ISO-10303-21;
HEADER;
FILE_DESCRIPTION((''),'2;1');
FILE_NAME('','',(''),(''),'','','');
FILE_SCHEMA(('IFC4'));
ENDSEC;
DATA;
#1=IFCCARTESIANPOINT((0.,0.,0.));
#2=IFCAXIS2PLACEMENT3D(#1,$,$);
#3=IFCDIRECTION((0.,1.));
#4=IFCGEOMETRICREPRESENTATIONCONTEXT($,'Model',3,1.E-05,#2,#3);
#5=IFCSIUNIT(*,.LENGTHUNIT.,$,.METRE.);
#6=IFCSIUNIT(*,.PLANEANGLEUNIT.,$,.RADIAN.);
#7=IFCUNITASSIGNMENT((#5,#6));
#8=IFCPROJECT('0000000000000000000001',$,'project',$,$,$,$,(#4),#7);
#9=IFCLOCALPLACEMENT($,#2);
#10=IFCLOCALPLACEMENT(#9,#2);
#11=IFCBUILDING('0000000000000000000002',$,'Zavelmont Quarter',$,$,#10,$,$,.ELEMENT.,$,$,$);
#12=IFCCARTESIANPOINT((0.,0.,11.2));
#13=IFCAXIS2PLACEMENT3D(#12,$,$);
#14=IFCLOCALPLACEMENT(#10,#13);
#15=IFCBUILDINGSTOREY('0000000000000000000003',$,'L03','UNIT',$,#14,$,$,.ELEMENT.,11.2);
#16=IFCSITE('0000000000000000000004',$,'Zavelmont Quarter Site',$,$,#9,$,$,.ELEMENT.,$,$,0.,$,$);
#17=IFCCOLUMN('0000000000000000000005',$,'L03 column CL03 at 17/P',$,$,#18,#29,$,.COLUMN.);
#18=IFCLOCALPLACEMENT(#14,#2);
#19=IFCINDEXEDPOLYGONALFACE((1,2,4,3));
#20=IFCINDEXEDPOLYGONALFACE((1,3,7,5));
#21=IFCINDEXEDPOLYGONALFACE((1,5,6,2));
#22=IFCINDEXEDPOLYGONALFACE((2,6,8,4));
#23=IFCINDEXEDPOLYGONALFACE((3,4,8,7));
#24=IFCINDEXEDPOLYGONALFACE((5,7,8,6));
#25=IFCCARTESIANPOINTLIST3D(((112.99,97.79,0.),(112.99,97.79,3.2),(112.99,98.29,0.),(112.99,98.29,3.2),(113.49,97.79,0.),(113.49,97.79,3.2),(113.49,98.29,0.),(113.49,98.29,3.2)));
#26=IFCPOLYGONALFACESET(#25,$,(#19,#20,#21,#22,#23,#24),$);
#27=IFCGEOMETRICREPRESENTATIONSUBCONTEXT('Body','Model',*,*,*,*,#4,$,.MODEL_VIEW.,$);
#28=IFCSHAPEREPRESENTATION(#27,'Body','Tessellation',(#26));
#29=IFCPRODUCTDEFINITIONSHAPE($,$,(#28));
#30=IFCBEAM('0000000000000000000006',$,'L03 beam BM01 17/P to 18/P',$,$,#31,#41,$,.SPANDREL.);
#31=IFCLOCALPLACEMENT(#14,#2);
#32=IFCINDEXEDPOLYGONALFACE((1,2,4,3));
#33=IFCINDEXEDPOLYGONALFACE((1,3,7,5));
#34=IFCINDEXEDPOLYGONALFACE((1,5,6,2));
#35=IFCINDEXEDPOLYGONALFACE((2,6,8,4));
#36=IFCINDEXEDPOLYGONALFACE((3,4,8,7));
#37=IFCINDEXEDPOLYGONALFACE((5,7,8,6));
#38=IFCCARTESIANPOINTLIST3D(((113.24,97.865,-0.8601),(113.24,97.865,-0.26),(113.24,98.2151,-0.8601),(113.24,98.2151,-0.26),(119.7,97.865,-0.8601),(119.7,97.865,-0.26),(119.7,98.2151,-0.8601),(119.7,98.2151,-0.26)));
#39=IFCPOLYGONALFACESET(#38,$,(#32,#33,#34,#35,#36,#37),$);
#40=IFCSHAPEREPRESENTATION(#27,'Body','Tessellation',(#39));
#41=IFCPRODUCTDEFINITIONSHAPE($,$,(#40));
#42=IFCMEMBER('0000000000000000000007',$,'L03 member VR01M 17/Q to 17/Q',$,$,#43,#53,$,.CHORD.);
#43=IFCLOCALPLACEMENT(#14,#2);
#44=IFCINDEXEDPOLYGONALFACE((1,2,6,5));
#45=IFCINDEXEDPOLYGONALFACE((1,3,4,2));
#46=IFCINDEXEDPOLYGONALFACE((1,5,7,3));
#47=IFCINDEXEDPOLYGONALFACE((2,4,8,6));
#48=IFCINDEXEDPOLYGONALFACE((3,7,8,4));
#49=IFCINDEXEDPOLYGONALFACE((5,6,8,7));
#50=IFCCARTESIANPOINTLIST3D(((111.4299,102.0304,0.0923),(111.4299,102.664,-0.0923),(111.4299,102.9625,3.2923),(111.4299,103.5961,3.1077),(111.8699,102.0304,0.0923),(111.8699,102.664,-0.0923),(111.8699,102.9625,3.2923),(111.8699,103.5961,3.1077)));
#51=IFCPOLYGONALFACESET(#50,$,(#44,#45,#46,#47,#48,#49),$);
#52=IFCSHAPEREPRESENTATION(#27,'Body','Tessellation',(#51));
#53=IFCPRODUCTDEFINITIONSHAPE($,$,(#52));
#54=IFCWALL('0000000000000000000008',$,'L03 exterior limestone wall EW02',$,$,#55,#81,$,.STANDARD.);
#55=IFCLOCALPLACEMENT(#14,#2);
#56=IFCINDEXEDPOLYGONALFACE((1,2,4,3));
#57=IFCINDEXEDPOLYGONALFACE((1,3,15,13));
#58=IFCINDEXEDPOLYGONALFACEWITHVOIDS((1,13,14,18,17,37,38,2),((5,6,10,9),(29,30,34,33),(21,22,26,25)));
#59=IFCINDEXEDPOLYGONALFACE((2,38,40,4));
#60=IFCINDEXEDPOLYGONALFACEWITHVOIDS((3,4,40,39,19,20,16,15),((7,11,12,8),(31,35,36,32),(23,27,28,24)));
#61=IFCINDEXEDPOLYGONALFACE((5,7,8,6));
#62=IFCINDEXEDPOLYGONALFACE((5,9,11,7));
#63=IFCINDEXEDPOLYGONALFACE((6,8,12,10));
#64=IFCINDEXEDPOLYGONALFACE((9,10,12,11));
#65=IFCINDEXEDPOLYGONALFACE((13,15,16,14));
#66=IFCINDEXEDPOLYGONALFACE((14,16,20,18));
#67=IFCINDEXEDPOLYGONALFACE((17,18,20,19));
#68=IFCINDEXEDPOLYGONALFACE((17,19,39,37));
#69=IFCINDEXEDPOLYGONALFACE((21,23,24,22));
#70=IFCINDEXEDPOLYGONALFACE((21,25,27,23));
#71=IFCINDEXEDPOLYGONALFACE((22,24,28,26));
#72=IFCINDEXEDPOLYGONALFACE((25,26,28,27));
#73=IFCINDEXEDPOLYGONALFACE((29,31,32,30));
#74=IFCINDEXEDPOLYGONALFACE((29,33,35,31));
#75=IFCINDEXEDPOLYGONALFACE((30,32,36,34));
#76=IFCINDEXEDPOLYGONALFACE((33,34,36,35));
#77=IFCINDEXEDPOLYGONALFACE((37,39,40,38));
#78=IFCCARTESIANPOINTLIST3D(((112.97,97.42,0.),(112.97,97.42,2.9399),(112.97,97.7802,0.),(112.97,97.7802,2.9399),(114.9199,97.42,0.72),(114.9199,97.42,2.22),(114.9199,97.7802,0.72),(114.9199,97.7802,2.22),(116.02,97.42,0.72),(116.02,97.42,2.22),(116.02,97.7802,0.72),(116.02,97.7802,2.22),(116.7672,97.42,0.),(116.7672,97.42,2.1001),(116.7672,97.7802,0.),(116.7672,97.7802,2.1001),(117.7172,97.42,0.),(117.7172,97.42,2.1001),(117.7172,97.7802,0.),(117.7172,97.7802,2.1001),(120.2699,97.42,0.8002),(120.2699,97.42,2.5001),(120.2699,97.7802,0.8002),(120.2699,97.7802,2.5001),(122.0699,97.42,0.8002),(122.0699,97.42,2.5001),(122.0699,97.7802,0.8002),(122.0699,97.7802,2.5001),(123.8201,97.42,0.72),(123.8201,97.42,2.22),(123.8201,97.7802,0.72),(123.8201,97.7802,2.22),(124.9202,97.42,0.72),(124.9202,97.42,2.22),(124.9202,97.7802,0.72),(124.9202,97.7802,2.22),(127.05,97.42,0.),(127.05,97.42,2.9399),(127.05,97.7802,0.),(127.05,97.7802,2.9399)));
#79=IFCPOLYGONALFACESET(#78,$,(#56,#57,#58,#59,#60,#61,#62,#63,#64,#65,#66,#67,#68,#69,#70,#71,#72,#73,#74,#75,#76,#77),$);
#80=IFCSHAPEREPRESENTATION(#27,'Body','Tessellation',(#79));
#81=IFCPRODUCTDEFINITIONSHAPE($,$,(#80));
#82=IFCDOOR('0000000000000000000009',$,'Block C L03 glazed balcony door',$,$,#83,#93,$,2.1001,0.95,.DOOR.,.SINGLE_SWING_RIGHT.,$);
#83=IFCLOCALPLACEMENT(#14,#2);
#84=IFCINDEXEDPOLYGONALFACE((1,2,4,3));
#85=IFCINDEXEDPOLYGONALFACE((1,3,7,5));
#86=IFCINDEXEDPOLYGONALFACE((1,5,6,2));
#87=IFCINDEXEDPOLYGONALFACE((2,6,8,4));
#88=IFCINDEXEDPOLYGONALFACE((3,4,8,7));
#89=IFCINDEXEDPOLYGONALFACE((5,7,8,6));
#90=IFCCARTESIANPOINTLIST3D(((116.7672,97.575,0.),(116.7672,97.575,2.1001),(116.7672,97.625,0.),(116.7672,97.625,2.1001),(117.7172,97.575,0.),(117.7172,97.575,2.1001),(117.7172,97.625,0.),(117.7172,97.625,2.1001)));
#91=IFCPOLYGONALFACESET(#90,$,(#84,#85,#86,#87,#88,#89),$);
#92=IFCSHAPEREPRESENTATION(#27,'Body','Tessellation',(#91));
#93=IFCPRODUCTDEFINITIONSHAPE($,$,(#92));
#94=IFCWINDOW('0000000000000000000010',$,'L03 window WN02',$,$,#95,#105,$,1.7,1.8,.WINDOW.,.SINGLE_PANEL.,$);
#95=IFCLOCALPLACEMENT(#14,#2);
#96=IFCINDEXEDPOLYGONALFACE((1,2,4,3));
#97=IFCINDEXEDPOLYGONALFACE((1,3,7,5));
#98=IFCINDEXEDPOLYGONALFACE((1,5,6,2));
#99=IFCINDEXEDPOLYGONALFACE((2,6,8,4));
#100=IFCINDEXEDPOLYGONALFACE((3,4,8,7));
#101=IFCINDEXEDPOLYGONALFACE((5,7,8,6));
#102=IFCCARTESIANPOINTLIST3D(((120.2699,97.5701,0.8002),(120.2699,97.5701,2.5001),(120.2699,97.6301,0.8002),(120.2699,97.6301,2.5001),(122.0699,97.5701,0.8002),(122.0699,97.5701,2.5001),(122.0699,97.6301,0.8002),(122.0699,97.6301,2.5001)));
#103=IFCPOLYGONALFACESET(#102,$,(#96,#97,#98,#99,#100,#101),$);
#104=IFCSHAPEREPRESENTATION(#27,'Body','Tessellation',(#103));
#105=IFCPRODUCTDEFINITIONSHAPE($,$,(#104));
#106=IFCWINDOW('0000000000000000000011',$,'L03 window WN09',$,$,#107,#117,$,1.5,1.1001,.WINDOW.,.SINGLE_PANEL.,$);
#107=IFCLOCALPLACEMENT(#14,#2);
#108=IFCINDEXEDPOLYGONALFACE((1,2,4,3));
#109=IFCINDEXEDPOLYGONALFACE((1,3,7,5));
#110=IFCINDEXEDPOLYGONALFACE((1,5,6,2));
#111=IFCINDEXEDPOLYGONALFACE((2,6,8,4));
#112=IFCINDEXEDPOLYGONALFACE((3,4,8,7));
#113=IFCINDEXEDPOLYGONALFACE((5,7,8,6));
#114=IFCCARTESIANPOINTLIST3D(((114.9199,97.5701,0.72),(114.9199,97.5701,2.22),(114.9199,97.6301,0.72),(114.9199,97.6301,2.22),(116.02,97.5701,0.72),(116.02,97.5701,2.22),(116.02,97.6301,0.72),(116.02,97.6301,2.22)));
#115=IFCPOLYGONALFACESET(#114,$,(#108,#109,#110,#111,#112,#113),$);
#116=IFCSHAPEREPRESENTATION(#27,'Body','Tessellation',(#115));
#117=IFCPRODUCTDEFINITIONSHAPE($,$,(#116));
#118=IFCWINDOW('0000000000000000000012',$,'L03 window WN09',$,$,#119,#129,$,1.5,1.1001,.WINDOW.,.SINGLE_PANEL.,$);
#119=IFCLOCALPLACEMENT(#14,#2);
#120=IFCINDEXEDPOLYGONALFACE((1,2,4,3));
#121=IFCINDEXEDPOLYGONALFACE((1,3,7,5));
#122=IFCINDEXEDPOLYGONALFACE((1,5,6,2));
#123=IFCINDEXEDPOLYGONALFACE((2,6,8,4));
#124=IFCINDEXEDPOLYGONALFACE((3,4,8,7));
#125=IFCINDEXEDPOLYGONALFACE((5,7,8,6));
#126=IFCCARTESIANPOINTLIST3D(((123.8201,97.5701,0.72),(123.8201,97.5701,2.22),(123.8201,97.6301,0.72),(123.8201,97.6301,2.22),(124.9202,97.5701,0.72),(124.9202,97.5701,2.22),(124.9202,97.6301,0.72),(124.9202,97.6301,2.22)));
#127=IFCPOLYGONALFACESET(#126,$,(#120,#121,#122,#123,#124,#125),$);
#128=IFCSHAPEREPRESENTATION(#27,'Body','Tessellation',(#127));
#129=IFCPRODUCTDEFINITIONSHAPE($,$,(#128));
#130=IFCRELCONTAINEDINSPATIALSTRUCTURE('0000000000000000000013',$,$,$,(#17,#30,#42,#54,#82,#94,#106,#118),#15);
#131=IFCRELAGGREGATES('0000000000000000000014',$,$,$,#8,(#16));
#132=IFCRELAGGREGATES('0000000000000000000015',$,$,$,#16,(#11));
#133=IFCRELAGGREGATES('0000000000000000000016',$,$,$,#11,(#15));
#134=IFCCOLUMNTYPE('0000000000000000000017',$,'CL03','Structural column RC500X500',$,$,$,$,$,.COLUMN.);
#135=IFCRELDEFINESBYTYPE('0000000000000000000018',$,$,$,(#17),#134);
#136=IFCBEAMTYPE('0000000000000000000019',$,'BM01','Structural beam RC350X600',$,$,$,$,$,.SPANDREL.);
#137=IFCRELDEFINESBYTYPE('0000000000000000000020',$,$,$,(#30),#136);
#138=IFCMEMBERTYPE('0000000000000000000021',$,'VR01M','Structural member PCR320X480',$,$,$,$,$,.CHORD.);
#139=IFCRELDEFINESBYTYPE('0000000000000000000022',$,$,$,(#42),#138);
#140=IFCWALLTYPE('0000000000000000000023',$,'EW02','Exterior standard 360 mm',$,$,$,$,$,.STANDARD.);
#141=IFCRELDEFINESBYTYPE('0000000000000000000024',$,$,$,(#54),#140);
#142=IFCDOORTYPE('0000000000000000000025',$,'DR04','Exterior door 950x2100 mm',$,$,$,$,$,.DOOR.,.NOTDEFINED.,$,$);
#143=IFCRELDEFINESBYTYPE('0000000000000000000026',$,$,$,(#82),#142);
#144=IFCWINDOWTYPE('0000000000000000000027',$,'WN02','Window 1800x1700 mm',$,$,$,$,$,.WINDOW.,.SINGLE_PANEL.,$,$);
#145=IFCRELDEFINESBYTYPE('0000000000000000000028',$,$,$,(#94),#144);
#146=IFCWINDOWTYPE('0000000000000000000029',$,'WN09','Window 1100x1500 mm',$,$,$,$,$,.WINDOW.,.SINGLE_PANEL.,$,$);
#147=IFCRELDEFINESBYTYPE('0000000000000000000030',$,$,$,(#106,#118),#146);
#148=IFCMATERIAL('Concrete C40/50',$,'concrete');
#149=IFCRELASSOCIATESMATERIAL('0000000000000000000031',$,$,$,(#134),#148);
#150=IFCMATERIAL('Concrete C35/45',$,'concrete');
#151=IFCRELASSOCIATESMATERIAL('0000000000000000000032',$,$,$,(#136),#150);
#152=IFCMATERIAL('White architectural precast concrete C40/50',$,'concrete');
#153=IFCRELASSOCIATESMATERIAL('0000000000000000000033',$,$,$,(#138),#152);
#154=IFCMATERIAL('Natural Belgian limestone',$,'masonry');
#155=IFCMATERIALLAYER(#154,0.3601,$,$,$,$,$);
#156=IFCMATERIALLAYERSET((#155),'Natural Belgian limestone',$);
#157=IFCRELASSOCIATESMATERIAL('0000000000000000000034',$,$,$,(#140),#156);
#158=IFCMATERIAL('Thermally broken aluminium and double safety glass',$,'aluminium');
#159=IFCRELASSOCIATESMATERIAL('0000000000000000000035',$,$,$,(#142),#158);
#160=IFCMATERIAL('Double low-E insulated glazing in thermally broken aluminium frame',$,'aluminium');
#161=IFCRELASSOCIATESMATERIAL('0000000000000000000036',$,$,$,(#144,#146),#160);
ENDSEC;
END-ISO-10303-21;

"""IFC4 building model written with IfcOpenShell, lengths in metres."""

from ifc_helpers import new_model, si_unit, direction, frame, frame_2d, origin, origin_with_axes, origin_2d, place, context, subcontext, project, spatial, rectangle, extrude, material, layer, layer_set, material_profile, profile_set, type_object, element, fill, save


model = new_model("IFC4")

# Units and contexts
model_context = context("Model", 3, precision=1e-05, world=origin(), true_north=direction((0.0, 1.0)))
body_context = subcontext(model_context, "Body", "Model", "MODEL_VIEW")
ifc_project = project(units=[si_unit("LENGTHUNIT", "METRE"), si_unit("PLANEANGLEUNIT", "RADIAN")], contexts=[model_context])

# Site, building, storey
site_placement = place(None, origin())
site = spatial("IfcSite", under=ifc_project, at=site_placement, Name="Zavelmont Quarter Site", CompositionType="ELEMENT", RefElevation=0.0)
building_placement = place(site_placement, origin())
building = spatial("IfcBuilding", under=site, at=building_placement, Name="Zavelmont Quarter", CompositionType="ELEMENT")
storey_placement = place(building_placement, frame((0.0, 0.0, 11.2)))
storey = spatial("IfcBuildingStorey", under=building, at=storey_placement, Name="L03", Description="UNIT", CompositionType="ELEMENT", Elevation=11.2)

# Column
ifc_material_1 = material(Name="Concrete C40/50", Category="concrete")
ifc_material_profile_1 = material_profile(ifc_material_1, rectangle(XDim=0.5, YDim=0.5, at=origin_2d()), Name="RC500X500")
ifc_profile_set_1 = profile_set([ifc_material_profile_1], Name="Concrete C40/50")
column_type = type_object("IfcColumnType", Name="CL03", Description="Structural column RC500X500", PredefinedType="COLUMN", material=ifc_profile_set_1)
column_placement = place(storey_placement, frame((113.24, 98.04, 0.0), z_axis=(0.0, 0.0, 1.0), x_axis=(1.0, 0.0, 0.0)))
element("IfcColumn", 1, at=column_placement, inside=storey, type_object=column_type, Name="L03 column CL03 at 17/P", PredefinedType="COLUMN", context=body_context, shape_type="SweptSolid", body=[
    extrude(rectangle(XDim=0.5, YDim=0.5, at=origin_2d()), origin(), (0.0, 0.0, 1.0), 3.2),
])

# Beam
ifc_material_2 = material(Name="Concrete C35/45", Category="concrete")
ifc_material_profile_2 = material_profile(ifc_material_2, rectangle(XDim=0.3501, YDim=0.6001, at=origin_2d()), Name="RC350X600")
ifc_profile_set_2 = profile_set([ifc_material_profile_2], Name="Concrete C35/45")
beam_type = type_object("IfcBeamType", Name="BM01", Description="Structural beam RC350X600", PredefinedType="SPANDREL", material=ifc_profile_set_2)
beam_placement = place(storey_placement, frame((113.24, 98.04, -0.5601), z_axis=(1.0, 0.0, 0.0), x_axis=(0.0, 1.0, 0.0)))
element("IfcBeam", 2, at=beam_placement, inside=storey, type_object=beam_type, Name="L03 beam BM01 17/P to 18/P", PredefinedType="SPANDREL", context=body_context, shape_type="SweptSolid", body=[
    extrude(rectangle(XDim=0.3501, YDim=0.6001, at=origin_2d()), origin(), (0.0, 0.0, 1.0), 6.46),
])

# Member
ifc_material_3 = material(Name="White architectural precast concrete C40/50", Category="concrete")
ifc_material_profile_3 = material_profile(ifc_material_3, rectangle(XDim=0.4399, YDim=0.6599, at=origin_2d()), Name="PCR320X480")
ifc_profile_set_3 = profile_set([ifc_material_profile_3], Name="White architectural precast concrete C40/50")
member_type = type_object("IfcMemberType", Name="VR01M", Description="Structural member PCR320X480", PredefinedType="CHORD", material=ifc_profile_set_3)
member_placement = place(storey_placement, frame((111.6499, 102.3472, 0.0), z_axis=(0.0, 0.279671, 0.960096), x_axis=(-1.0, 0.0, 0.0)))
element("IfcMember", 3, at=member_placement, inside=storey, type_object=member_type, Name="L03 member VR01M 17/Q to 17/Q", PredefinedType="CHORD", context=body_context, shape_type="SweptSolid", body=[
    extrude(rectangle(XDim=0.4399, YDim=0.6599, at=origin_2d()), origin(), (0.0, 0.0, 1.0), 3.333),
])

# Wall, openings, door, windows
ifc_material_4 = material(Name="Natural Belgian limestone", Category="masonry")
ifc_layer = layer(ifc_material_4, 0.3601)
ifc_layer_set = layer_set([ifc_layer], Name="Natural Belgian limestone")
wall_type = type_object("IfcWallType", Name="EW02", Description="Exterior standard 360 mm", PredefinedType="STANDARD", material=ifc_layer_set)
wall_1_placement = place(storey_placement, frame((112.97, 97.6001, 0.0), z_axis=(0.0, 0.0, 1.0), x_axis=(1.0, 0.0, 0.0)))
wall_1 = element("IfcWall", 4, at=wall_1_placement, inside=storey, type_object=wall_type, Name="L03 exterior limestone wall EW02", PredefinedType="STANDARD", context=body_context, shape_type="SweptSolid", body=[
    extrude(rectangle(XDim=14.0801, YDim=0.3601, at=frame_2d((7.04, 0.0))), origin(), (0.0, 0.0, 1.0), 2.9399),
])
opening_1_placement = place(wall_1_placement, frame((3.7971, 0.0, 0.0)))
opening_1 = element("IfcOpeningElement", 5, at=opening_1_placement, cuts=wall_1, PredefinedType="OPENING", context=body_context, shape_type="SweptSolid", body=[
    extrude(rectangle(XDim=0.95, YDim=2.1001, at=frame_2d((0.4751, 1.05))), frame((0.0, 0.1919, 0.0), z_axis=(0.0, -1.0, 0.0), x_axis=(1.0, 0.0, 0.0)), (0.0, 0.0, 1.0), 0.384),
])
opening_2_placement = place(wall_1_placement, frame((1.95, 0.0, 0.72)))
opening_2 = element("IfcOpeningElement", 6, at=opening_2_placement, cuts=wall_1, PredefinedType="OPENING", context=body_context, shape_type="SweptSolid", body=[
    extrude(rectangle(XDim=1.1001, YDim=1.5, at=frame_2d((0.55, 0.75))), frame((0.0, 0.1919, 0.0), z_axis=(0.0, -1.0, 0.0), x_axis=(1.0, 0.0, 0.0)), (0.0, 0.0, 1.0), 0.384),
])
opening_3_placement = place(wall_1_placement, frame((7.3, 0.0, 0.8)))
opening_3 = element("IfcOpeningElement", 7, at=opening_3_placement, cuts=wall_1, PredefinedType="OPENING", context=body_context, shape_type="SweptSolid", body=[
    extrude(rectangle(XDim=1.8, YDim=1.7, at=frame_2d((0.8999, 0.8501))), frame((0.0, 0.1919, 0.0), z_axis=(0.0, -1.0, 0.0), x_axis=(1.0, 0.0, 0.0)), (0.0, 0.0, 1.0), 0.384),
])
opening_4_placement = place(wall_1_placement, frame((10.8501, 0.0, 0.72)))
opening_4 = element("IfcOpeningElement", 8, at=opening_4_placement, cuts=wall_1, PredefinedType="OPENING", context=body_context, shape_type="SweptSolid", body=[
    extrude(rectangle(XDim=1.1001, YDim=1.5, at=frame_2d((0.55, 0.75))), frame((0.0, 0.1919, 0.0), z_axis=(0.0, -1.0, 0.0), x_axis=(1.0, 0.0, 0.0)), (0.0, 0.0, 1.0), 0.384),
])
ifc_material_5 = material(Name="Thermally broken aluminium and double safety glass", Category="aluminium")
door_type_1 = type_object("IfcDoorType", Name="DR04", Description="Exterior door 950x2100 mm", OperationType="NOTDEFINED", PredefinedType="DOOR", material=ifc_material_5)
door_1_placement = place(opening_1_placement, origin_with_axes())
door_1 = element("IfcDoor", 9, at=door_1_placement, inside=storey, type_object=door_type_1, Name="Block C L03 glazed balcony door", OperationType="SINGLE_SWING_RIGHT", OverallHeight=2.1001, OverallWidth=0.95, PredefinedType="DOOR", context=body_context, shape_type="SweptSolid", body=[
    extrude(rectangle(XDim=0.95, YDim=2.1001, at=frame_2d((0.4751, 1.05))), frame((0.0, 0.0249, 0.0), z_axis=(0.0, -1.0, 0.0), x_axis=(1.0, 0.0, 0.0)), (0.0, 0.0, 1.0), 0.05),
])
fill(opening_1, door_1)
ifc_material_6 = material(Name="Double low-E insulated glazing in thermally broken aluminium frame", Category="aluminium")
window_type_1 = type_object("IfcWindowType", Name="WN02", Description="Window 1800x1700 mm", PartitioningType="SINGLE_PANEL", PredefinedType="WINDOW", material=ifc_material_6)
window_1_placement = place(opening_3_placement, origin_with_axes())
window_1 = element("IfcWindow", 10, at=window_1_placement, inside=storey, type_object=window_type_1, Name="L03 window WN02", OverallHeight=1.7, OverallWidth=1.8, PartitioningType="SINGLE_PANEL", PredefinedType="WINDOW", context=body_context, shape_type="SweptSolid", body=[
    extrude(rectangle(XDim=1.8, YDim=1.7, at=frame_2d((0.8999, 0.8501))), frame((0.0, 0.03, 0.0), z_axis=(0.0, -1.0, 0.0), x_axis=(1.0, 0.0, 0.0)), (0.0, 0.0, 1.0), 0.0601),
])
fill(opening_3, window_1)
window_type_2 = type_object("IfcWindowType", Name="WN09", Description="Window 1100x1500 mm", PartitioningType="SINGLE_PANEL", PredefinedType="WINDOW", material=ifc_material_6)
window_2_placement = place(opening_2_placement, origin_with_axes())
window_2 = element("IfcWindow", 11, at=window_2_placement, inside=storey, type_object=window_type_2, Name="L03 window WN09", OverallHeight=1.5, OverallWidth=1.1001, PartitioningType="SINGLE_PANEL", PredefinedType="WINDOW", context=body_context, shape_type="SweptSolid", body=[
    extrude(rectangle(XDim=1.1001, YDim=1.5, at=frame_2d((0.55, 0.75))), frame((0.0, 0.03, 0.0), z_axis=(0.0, -1.0, 0.0), x_axis=(1.0, 0.0, 0.0)), (0.0, 0.0, 1.0), 0.0601),
])
fill(opening_2, window_2)
window_3_placement = place(opening_4_placement, origin_with_axes())
window_3 = element("IfcWindow", 12, at=window_3_placement, inside=storey, type_object=window_type_2, Name="L03 window WN09", OverallHeight=1.5, OverallWidth=1.1001, PartitioningType="SINGLE_PANEL", PredefinedType="WINDOW", context=body_context, shape_type="SweptSolid", body=[
    extrude(rectangle(XDim=1.1001, YDim=1.5, at=frame_2d((0.55, 0.75))), frame((0.0, 0.03, 0.0), z_axis=(0.0, -1.0, 0.0), x_axis=(1.0, 0.0, 0.0)), (0.0, 0.0, 1.0), 0.0601),
])
fill(opening_4, window_3)

save(model, "model.ifc")
